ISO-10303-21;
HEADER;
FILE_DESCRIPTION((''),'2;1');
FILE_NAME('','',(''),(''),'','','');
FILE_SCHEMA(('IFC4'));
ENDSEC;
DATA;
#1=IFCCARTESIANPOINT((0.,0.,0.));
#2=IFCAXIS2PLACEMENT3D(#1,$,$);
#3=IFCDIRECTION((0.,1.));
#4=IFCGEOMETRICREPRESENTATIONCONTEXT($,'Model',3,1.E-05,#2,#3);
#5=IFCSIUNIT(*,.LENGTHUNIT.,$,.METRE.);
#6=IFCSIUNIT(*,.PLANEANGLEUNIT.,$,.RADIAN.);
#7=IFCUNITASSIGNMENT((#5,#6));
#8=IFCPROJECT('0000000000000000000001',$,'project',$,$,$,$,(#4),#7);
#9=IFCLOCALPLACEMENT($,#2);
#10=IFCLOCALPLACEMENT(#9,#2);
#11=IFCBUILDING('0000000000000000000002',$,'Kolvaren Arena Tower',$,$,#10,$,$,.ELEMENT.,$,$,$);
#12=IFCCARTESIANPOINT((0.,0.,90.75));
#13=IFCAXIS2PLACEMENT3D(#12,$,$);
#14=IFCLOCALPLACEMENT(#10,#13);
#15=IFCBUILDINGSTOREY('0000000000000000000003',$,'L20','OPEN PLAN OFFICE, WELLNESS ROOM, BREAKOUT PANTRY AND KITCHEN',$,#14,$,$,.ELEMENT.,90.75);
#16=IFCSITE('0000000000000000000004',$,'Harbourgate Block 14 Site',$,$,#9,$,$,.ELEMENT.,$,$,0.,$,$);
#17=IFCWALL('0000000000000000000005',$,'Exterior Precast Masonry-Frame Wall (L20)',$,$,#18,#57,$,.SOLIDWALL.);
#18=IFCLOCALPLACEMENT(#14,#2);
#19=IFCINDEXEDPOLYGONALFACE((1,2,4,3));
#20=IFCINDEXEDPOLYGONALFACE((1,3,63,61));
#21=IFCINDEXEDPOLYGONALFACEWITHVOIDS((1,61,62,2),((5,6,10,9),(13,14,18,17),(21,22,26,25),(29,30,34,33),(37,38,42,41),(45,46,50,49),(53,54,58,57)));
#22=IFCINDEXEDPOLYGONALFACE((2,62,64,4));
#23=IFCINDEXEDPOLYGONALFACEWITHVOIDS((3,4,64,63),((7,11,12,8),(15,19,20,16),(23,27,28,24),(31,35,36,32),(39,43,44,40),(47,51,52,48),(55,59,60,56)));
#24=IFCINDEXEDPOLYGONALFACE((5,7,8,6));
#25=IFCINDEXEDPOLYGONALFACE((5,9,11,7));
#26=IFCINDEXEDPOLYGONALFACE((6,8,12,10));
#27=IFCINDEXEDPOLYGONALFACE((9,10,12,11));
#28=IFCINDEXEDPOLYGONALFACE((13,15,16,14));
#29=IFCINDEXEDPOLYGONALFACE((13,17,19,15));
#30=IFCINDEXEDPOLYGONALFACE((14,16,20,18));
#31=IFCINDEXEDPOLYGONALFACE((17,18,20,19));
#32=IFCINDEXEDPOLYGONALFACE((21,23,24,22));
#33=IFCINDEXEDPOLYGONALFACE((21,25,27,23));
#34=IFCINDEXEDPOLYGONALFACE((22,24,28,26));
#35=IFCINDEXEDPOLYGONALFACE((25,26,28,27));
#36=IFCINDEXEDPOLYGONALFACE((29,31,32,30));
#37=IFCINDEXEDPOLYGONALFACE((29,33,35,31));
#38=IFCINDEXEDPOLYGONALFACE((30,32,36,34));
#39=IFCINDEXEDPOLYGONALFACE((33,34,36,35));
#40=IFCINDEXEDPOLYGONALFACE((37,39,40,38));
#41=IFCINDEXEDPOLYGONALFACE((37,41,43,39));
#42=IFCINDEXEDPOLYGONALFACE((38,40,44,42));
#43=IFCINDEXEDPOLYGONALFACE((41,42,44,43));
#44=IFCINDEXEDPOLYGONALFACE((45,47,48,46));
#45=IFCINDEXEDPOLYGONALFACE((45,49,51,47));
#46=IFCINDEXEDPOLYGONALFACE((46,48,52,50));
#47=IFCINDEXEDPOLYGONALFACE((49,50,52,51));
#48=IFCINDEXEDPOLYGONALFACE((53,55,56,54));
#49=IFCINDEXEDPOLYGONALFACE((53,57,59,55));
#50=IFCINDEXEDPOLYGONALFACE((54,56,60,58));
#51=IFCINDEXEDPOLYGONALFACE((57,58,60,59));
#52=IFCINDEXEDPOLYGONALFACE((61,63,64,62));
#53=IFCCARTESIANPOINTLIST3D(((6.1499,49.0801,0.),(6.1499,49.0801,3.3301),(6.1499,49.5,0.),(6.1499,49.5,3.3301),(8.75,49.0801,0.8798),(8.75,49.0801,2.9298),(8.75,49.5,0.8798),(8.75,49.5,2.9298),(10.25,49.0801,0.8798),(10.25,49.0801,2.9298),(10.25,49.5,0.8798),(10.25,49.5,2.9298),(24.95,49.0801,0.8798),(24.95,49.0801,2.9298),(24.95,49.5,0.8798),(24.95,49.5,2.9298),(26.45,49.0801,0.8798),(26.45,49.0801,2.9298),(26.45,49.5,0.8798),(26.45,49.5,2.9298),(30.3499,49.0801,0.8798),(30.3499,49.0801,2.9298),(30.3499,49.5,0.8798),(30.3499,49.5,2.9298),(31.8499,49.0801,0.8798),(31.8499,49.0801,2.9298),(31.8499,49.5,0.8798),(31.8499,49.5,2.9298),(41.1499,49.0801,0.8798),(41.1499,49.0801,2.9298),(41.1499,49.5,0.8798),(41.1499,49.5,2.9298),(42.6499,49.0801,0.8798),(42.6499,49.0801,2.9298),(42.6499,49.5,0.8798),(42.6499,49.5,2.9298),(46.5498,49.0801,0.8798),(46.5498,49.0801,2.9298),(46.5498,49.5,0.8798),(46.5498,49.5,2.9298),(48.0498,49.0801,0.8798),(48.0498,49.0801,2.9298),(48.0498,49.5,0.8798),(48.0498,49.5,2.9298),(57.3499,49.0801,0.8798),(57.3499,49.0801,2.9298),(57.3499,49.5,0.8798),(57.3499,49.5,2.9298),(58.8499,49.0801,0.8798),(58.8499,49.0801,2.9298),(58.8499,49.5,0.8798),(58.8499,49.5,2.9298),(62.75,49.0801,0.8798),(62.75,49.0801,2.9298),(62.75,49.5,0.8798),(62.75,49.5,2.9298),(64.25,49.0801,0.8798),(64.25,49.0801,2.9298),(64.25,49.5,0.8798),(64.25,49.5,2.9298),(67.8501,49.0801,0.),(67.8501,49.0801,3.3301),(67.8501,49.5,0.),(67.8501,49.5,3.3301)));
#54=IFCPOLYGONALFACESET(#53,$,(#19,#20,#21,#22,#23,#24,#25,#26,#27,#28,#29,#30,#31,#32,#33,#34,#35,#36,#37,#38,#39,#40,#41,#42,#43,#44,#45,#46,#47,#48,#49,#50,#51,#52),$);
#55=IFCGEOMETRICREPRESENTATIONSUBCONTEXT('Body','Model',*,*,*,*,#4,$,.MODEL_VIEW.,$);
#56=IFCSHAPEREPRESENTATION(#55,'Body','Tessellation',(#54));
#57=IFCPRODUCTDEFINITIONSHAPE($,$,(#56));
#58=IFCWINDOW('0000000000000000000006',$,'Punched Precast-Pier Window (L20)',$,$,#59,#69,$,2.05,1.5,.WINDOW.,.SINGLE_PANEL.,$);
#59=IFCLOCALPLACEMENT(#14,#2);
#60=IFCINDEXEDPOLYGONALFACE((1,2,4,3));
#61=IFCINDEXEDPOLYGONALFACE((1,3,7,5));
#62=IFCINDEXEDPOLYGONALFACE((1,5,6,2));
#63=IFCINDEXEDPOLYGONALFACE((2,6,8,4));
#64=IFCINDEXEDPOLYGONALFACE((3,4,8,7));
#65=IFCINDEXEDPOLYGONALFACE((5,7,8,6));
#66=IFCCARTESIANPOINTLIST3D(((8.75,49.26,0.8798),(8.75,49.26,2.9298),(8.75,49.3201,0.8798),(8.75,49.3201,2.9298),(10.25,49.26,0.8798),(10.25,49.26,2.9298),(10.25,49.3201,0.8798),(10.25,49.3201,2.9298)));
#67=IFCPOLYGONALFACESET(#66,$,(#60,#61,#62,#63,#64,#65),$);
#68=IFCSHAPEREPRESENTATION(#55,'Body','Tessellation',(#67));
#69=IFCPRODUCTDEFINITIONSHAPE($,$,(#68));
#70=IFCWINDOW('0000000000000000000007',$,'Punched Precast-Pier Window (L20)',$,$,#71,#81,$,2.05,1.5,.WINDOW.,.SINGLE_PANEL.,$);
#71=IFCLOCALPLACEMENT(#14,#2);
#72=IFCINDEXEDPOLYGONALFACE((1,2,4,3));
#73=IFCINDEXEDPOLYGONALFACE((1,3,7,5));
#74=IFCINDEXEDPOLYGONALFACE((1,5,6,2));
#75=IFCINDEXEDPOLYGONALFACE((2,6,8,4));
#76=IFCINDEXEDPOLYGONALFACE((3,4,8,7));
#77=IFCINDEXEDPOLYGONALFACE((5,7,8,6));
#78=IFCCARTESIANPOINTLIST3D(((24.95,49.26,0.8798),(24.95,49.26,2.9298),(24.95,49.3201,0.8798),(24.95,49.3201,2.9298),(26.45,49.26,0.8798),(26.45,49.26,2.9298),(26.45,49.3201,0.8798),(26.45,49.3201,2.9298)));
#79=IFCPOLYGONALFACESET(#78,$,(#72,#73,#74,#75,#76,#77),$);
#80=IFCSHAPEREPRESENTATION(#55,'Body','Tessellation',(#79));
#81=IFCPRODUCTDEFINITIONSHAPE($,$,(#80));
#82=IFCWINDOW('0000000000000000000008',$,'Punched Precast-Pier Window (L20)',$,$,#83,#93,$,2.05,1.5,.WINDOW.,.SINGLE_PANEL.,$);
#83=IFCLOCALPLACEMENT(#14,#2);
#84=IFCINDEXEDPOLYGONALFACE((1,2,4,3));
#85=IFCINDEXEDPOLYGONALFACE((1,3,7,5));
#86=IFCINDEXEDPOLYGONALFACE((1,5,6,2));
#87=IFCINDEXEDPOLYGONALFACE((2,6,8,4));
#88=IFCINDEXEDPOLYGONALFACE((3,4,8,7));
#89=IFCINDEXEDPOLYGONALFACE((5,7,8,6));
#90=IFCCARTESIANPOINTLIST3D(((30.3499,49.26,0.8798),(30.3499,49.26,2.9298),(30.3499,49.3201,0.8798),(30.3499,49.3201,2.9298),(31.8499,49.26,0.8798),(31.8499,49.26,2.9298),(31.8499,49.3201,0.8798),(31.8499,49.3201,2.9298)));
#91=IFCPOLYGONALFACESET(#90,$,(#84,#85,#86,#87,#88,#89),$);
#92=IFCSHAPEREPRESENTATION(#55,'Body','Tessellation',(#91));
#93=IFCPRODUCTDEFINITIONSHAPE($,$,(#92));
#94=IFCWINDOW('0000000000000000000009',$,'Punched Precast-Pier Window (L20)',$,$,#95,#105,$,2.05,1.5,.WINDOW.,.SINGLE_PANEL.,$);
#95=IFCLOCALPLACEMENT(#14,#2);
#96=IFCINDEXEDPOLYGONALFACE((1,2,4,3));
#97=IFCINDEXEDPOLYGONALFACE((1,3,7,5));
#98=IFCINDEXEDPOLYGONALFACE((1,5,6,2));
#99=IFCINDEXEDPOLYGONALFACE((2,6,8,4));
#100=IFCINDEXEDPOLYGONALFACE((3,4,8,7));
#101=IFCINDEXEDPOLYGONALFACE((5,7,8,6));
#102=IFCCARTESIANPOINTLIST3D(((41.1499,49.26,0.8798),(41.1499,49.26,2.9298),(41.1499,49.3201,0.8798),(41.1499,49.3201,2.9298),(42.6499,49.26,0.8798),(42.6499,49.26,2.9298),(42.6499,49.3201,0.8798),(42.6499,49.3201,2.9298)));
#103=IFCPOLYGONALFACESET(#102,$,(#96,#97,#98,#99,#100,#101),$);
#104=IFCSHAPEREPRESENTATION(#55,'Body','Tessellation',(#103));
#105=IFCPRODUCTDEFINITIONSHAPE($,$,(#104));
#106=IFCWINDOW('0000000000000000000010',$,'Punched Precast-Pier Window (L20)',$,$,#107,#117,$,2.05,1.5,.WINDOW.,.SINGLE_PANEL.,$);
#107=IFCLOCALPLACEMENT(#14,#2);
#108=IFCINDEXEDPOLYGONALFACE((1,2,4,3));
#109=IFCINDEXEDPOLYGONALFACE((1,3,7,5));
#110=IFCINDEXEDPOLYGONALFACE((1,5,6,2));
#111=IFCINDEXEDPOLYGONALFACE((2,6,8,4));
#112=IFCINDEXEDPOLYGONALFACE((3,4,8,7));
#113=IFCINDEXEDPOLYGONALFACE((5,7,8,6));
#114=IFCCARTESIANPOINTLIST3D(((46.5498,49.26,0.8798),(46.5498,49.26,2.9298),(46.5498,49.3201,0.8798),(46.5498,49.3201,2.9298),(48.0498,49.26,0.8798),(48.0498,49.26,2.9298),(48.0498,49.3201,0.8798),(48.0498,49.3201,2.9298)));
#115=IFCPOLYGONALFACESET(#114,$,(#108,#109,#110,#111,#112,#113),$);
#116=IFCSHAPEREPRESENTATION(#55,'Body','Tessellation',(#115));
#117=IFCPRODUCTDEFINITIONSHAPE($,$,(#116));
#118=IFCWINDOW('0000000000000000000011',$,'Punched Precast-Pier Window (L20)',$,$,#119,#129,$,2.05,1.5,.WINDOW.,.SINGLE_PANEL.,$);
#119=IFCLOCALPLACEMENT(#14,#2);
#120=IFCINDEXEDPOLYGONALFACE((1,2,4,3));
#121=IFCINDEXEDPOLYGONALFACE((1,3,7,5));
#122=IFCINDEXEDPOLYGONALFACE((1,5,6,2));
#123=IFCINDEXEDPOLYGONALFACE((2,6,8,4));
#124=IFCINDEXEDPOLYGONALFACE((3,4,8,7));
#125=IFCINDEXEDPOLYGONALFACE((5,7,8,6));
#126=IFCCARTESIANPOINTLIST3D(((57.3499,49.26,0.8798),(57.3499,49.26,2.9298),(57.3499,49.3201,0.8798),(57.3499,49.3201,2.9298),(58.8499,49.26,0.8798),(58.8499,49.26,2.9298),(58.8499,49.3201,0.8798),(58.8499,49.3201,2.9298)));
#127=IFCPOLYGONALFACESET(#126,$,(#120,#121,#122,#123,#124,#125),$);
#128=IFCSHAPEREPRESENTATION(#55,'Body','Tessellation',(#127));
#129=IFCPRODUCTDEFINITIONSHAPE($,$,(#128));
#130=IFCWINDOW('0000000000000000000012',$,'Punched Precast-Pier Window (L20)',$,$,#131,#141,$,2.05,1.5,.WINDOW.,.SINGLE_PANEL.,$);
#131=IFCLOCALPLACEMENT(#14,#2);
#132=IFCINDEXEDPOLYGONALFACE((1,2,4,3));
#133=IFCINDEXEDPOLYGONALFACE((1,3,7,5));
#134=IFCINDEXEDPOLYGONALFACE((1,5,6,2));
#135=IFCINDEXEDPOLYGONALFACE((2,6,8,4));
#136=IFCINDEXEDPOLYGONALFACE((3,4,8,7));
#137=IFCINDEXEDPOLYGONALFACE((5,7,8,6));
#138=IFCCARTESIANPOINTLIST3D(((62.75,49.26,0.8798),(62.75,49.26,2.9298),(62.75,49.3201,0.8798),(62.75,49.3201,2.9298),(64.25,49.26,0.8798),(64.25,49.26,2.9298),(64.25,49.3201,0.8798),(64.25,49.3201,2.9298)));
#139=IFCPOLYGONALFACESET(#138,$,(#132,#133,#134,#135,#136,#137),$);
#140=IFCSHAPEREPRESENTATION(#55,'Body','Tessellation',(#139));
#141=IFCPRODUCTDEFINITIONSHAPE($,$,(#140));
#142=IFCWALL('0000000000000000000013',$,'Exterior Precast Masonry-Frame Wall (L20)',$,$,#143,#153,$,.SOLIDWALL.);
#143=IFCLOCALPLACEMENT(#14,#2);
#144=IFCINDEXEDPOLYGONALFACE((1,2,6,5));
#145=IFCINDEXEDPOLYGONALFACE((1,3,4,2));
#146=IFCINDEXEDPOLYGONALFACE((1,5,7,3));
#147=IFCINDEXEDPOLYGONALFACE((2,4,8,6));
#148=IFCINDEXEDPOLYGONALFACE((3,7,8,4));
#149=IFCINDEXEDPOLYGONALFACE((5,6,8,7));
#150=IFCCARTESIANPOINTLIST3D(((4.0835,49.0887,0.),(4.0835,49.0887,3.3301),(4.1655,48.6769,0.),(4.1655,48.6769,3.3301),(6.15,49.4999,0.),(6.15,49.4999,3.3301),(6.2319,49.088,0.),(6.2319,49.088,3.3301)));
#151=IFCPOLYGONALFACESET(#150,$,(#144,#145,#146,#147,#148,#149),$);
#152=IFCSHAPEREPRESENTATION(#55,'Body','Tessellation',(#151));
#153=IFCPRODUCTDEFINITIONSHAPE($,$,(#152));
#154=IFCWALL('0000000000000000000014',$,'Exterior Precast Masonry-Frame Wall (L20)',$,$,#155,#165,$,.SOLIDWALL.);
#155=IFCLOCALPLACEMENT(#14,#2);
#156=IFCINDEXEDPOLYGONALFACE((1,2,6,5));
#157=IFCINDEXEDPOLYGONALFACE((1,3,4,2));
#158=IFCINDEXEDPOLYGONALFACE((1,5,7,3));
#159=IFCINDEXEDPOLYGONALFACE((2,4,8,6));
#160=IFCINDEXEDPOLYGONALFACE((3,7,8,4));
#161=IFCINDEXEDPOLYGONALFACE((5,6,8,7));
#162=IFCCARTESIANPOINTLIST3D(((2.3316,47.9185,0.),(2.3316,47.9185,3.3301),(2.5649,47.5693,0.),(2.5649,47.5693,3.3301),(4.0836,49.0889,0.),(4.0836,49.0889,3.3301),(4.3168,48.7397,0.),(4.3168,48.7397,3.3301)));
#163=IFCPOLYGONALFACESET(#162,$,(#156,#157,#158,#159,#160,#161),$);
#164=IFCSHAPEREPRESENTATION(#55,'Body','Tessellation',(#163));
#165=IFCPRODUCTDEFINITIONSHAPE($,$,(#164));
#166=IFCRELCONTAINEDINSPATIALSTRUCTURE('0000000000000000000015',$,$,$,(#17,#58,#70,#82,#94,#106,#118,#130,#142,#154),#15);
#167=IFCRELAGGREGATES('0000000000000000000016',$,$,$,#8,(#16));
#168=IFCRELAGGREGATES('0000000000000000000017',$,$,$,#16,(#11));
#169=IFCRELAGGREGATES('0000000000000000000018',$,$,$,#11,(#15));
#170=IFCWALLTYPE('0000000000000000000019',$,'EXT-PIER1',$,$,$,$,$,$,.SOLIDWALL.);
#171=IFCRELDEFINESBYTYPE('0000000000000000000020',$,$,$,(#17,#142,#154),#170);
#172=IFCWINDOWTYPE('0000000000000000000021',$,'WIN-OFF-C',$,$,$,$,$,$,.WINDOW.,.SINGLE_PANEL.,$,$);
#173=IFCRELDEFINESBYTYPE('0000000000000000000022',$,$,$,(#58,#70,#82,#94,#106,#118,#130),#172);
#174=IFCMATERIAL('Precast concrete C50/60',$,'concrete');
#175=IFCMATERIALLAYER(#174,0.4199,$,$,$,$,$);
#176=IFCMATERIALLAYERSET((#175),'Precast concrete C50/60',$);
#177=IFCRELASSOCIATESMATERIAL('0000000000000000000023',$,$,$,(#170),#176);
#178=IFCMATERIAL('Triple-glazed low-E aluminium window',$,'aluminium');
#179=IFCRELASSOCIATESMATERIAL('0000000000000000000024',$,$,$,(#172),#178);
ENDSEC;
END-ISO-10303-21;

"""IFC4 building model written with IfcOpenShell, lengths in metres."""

from ifc_helpers import new_model, si_unit, direction, frame, frame_2d, origin, place, context, subcontext, project, spatial, rectangle, extrude, material, layer, layer_set, type_object, element, fill, save


model = new_model("IFC4")

# Units and contexts
model_context = context("Model", 3, precision=1e-05, world=origin(), true_north=direction((0.0, 1.0)))
body_context = subcontext(model_context, "Body", "Model", "MODEL_VIEW")
ifc_project = project(units=[si_unit("LENGTHUNIT", "METRE"), si_unit("PLANEANGLEUNIT", "RADIAN")], contexts=[model_context])

# Site, building, storey
site_placement = place(None, origin())
site = spatial("IfcSite", under=ifc_project, at=site_placement, Name="Harbourgate Block 14 Site", CompositionType="ELEMENT", RefElevation=0.0)
building_placement = place(site_placement, origin())
building = spatial("IfcBuilding", under=site, at=building_placement, Name="Kolvaren Arena Tower", CompositionType="ELEMENT")
storey_placement = place(building_placement, frame((0.0, 0.0, 90.75)))
storey = spatial("IfcBuildingStorey", under=building, at=storey_placement, Name="L20", Description="OPEN PLAN OFFICE, WELLNESS ROOM, BREAKOUT PANTRY AND KITCHEN", CompositionType="ELEMENT", Elevation=90.75)

# Wall, openings, windows
ifc_material_1 = material(Name="Precast concrete C50/60", Category="concrete")
ifc_layer_1 = layer(ifc_material_1, 0.4199)
ifc_layer_set_1 = layer_set([ifc_layer_1], Name="Precast concrete C50/60")
wall_type_1 = type_object("IfcWallType", Name="EXT-PIER1", PredefinedType="SOLIDWALL", material=ifc_layer_set_1)
wall_1_placement = place(storey_placement, frame((6.1499, 49.29, 0.0), z_axis=(0.0, 0.0, 1.0), x_axis=(1.0, 0.0, 0.0)))
wall_1 = element("IfcWall", 1, at=wall_1_placement, inside=storey, type_object=wall_type_1, Name="Exterior Precast Masonry-Frame Wall (L20)", PredefinedType="SOLIDWALL", context=body_context, shape_type="SweptSolid", body=[
    extrude(rectangle(XDim=61.7002, YDim=0.4199, at=frame_2d((30.8501, 0.0))), origin(), (0.0, 0.0, 1.0), 3.3301),
])
opening_1_placement = place(wall_1_placement, frame((2.6001, 0.0, 0.8799)))
opening_1 = element("IfcOpeningElement", 2, at=opening_1_placement, cuts=wall_1, PredefinedType="OPENING", context=body_context, shape_type="SweptSolid", body=[
    extrude(rectangle(XDim=1.5, YDim=2.05, at=frame_2d((0.75, 1.0249))), frame((0.0, 0.22, 0.0), z_axis=(0.0, -1.0, 0.0), x_axis=(1.0, 0.0, 0.0)), (0.0, 0.0, 1.0), 0.4399),
])
opening_2_placement = place(wall_1_placement, frame((18.8, 0.0, 0.8799)))
opening_2 = element("IfcOpeningElement", 3, at=opening_2_placement, cuts=wall_1, PredefinedType="OPENING", context=body_context, shape_type="SweptSolid", body=[
    extrude(rectangle(XDim=1.5, YDim=2.05, at=frame_2d((0.75, 1.0249))), frame((0.0, 0.22, 0.0), z_axis=(0.0, -1.0, 0.0), x_axis=(1.0, 0.0, 0.0)), (0.0, 0.0, 1.0), 0.4399),
])
opening_3_placement = place(wall_1_placement, frame((24.2, 0.0, 0.8799)))
opening_3 = element("IfcOpeningElement", 4, at=opening_3_placement, cuts=wall_1, PredefinedType="OPENING", context=body_context, shape_type="SweptSolid", body=[
    extrude(rectangle(XDim=1.5, YDim=2.05, at=frame_2d((0.75, 1.0249))), frame((0.0, 0.22, 0.0), z_axis=(0.0, -1.0, 0.0), x_axis=(1.0, 0.0, 0.0)), (0.0, 0.0, 1.0), 0.4399),
])
opening_4_placement = place(wall_1_placement, frame((35.0, 0.0, 0.8799)))
opening_4 = element("IfcOpeningElement", 5, at=opening_4_placement, cuts=wall_1, PredefinedType="OPENING", context=body_context, shape_type="SweptSolid", body=[
    extrude(rectangle(XDim=1.5, YDim=2.05, at=frame_2d((0.75, 1.0249))), frame((0.0, 0.22, 0.0), z_axis=(0.0, -1.0, 0.0), x_axis=(1.0, 0.0, 0.0)), (0.0, 0.0, 1.0), 0.4399),
])
opening_5_placement = place(wall_1_placement, frame((40.3999, 0.0, 0.8799)))
opening_5 = element("IfcOpeningElement", 6, at=opening_5_placement, cuts=wall_1, PredefinedType="OPENING", context=body_context, shape_type="SweptSolid", body=[
    extrude(rectangle(XDim=1.5, YDim=2.05, at=frame_2d((0.75, 1.0249))), frame((0.0, 0.22, 0.0), z_axis=(0.0, -1.0, 0.0), x_axis=(1.0, 0.0, 0.0)), (0.0, 0.0, 1.0), 0.4399),
])
opening_6_placement = place(wall_1_placement, frame((51.2, 0.0, 0.8799)))
opening_6 = element("IfcOpeningElement", 7, at=opening_6_placement, cuts=wall_1, PredefinedType="OPENING", context=body_context, shape_type="SweptSolid", body=[
    extrude(rectangle(XDim=1.5, YDim=2.05, at=frame_2d((0.75, 1.0249))), frame((0.0, 0.22, 0.0), z_axis=(0.0, -1.0, 0.0), x_axis=(1.0, 0.0, 0.0)), (0.0, 0.0, 1.0), 0.4399),
])
opening_7_placement = place(wall_1_placement, frame((56.6001, 0.0, 0.8799)))
opening_7 = element("IfcOpeningElement", 8, at=opening_7_placement, cuts=wall_1, PredefinedType="OPENING", context=body_context, shape_type="SweptSolid", body=[
    extrude(rectangle(XDim=1.5, YDim=2.05, at=frame_2d((0.75, 1.0249))), frame((0.0, 0.22, 0.0), z_axis=(0.0, -1.0, 0.0), x_axis=(1.0, 0.0, 0.0)), (0.0, 0.0, 1.0), 0.4399),
])
ifc_material_2 = material(Name="Triple-glazed low-E aluminium window", Category="aluminium")
window_type = type_object("IfcWindowType", Name="WIN-OFF-C", PartitioningType="SINGLE_PANEL", PredefinedType="WINDOW", material=ifc_material_2)
window_1_placement = place(opening_1_placement, origin())
window_1 = element("IfcWindow", 9, at=window_1_placement, inside=storey, type_object=window_type, Name="Punched Precast-Pier Window (L20)", OverallHeight=2.05, OverallWidth=1.5, PartitioningType="SINGLE_PANEL", PredefinedType="WINDOW", context=body_context, shape_type="SweptSolid", body=[
    extrude(rectangle(XDim=1.5, YDim=2.05, at=frame_2d((0.75, 1.0249))), frame((0.0, 0.03, 0.0), z_axis=(0.0, -1.0, 0.0), x_axis=(1.0, 0.0, 0.0)), (0.0, 0.0, 1.0), 0.0601),
])
fill(opening_1, window_1)
window_2_placement = place(opening_2_placement, origin())
window_2 = element("IfcWindow", 10, at=window_2_placement, inside=storey, type_object=window_type, Name="Punched Precast-Pier Window (L20)", OverallHeight=2.05, OverallWidth=1.5, PartitioningType="SINGLE_PANEL", PredefinedType="WINDOW", context=body_context, shape_type="SweptSolid", body=[
    extrude(rectangle(XDim=1.5, YDim=2.05, at=frame_2d((0.75, 1.0249))), frame((0.0, 0.03, 0.0), z_axis=(0.0, -1.0, 0.0), x_axis=(1.0, 0.0, 0.0)), (0.0, 0.0, 1.0), 0.0601),
])
fill(opening_2, window_2)
window_3_placement = place(opening_3_placement, origin())
window_3 = element("IfcWindow", 11, at=window_3_placement, inside=storey, type_object=window_type, Name="Punched Precast-Pier Window (L20)", OverallHeight=2.05, OverallWidth=1.5, PartitioningType="SINGLE_PANEL", PredefinedType="WINDOW", context=body_context, shape_type="SweptSolid", body=[
    extrude(rectangle(XDim=1.5, YDim=2.05, at=frame_2d((0.75, 1.0249))), frame((0.0, 0.03, 0.0), z_axis=(0.0, -1.0, 0.0), x_axis=(1.0, 0.0, 0.0)), (0.0, 0.0, 1.0), 0.0601),
])
fill(opening_3, window_3)
window_4_placement = place(opening_4_placement, origin())
window_4 = element("IfcWindow", 12, at=window_4_placement, inside=storey, type_object=window_type, Name="Punched Precast-Pier Window (L20)", OverallHeight=2.05, OverallWidth=1.5, PartitioningType="SINGLE_PANEL", PredefinedType="WINDOW", context=body_context, shape_type="SweptSolid", body=[
    extrude(rectangle(XDim=1.5, YDim=2.05, at=frame_2d((0.75, 1.0249))), frame((0.0, 0.03, 0.0), z_axis=(0.0, -1.0, 0.0), x_axis=(1.0, 0.0, 0.0)), (0.0, 0.0, 1.0), 0.0601),
])
fill(opening_4, window_4)
window_5_placement = place(opening_5_placement, origin())
window_5 = element("IfcWindow", 13, at=window_5_placement, inside=storey, type_object=window_type, Name="Punched Precast-Pier Window (L20)", OverallHeight=2.05, OverallWidth=1.5, PartitioningType="SINGLE_PANEL", PredefinedType="WINDOW", context=body_context, shape_type="SweptSolid", body=[
    extrude(rectangle(XDim=1.5, YDim=2.05, at=frame_2d((0.75, 1.0249))), frame((0.0, 0.03, 0.0), z_axis=(0.0, -1.0, 0.0), x_axis=(1.0, 0.0, 0.0)), (0.0, 0.0, 1.0), 0.0601),
])
fill(opening_5, window_5)
window_6_placement = place(opening_6_placement, origin())
window_6 = element("IfcWindow", 14, at=window_6_placement, inside=storey, type_object=window_type, Name="Punched Precast-Pier Window (L20)", OverallHeight=2.05, OverallWidth=1.5, PartitioningType="SINGLE_PANEL", PredefinedType="WINDOW", context=body_context, shape_type="SweptSolid", body=[
    extrude(rectangle(XDim=1.5, YDim=2.05, at=frame_2d((0.75, 1.0249))), frame((0.0, 0.03, 0.0), z_axis=(0.0, -1.0, 0.0), x_axis=(1.0, 0.0, 0.0)), (0.0, 0.0, 1.0), 0.0601),
])
fill(opening_6, window_6)
window_7_placement = place(opening_7_placement, origin())
window_7 = element("IfcWindow", 15, at=window_7_placement, inside=storey, type_object=window_type, Name="Punched Precast-Pier Window (L20)", OverallHeight=2.05, OverallWidth=1.5, PartitioningType="SINGLE_PANEL", PredefinedType="WINDOW", context=body_context, shape_type="SweptSolid", body=[
    extrude(rectangle(XDim=1.5, YDim=2.05, at=frame_2d((0.75, 1.0249))), frame((0.0, 0.03, 0.0), z_axis=(0.0, -1.0, 0.0), x_axis=(1.0, 0.0, 0.0)), (0.0, 0.0, 1.0), 0.0601),
])
fill(opening_7, window_7)

# Walls
for number, where, z_axis, x_axis, name in (
    (16, (4.1245, 48.8828, 0.0), (0.0, 0.0, 1.0), (0.980776, 0.195136, 0.0), "Exterior Precast Masonry-Frame Wall (L20)"),
    (17, (2.4482, 47.7439, 0.0), (0.0, 0.0, 1.0), (0.831515, 0.555502, 0.0), "Exterior Precast Masonry-Frame Wall (L20)"),
):
    element("IfcWall", number, at=place(storey_placement, frame(where, z_axis=z_axis, x_axis=x_axis)), inside=storey, type_object=wall_type_1, Name=name, PredefinedType="SOLIDWALL", context=body_context, shape_type="SweptSolid", body=[
        extrude(rectangle(XDim=2.1069, YDim=0.4199, at=frame_2d((1.0535, 0.0))), origin(), (0.0, 0.0, 1.0), 3.3301),
    ])

save(model, "model.ifc")
